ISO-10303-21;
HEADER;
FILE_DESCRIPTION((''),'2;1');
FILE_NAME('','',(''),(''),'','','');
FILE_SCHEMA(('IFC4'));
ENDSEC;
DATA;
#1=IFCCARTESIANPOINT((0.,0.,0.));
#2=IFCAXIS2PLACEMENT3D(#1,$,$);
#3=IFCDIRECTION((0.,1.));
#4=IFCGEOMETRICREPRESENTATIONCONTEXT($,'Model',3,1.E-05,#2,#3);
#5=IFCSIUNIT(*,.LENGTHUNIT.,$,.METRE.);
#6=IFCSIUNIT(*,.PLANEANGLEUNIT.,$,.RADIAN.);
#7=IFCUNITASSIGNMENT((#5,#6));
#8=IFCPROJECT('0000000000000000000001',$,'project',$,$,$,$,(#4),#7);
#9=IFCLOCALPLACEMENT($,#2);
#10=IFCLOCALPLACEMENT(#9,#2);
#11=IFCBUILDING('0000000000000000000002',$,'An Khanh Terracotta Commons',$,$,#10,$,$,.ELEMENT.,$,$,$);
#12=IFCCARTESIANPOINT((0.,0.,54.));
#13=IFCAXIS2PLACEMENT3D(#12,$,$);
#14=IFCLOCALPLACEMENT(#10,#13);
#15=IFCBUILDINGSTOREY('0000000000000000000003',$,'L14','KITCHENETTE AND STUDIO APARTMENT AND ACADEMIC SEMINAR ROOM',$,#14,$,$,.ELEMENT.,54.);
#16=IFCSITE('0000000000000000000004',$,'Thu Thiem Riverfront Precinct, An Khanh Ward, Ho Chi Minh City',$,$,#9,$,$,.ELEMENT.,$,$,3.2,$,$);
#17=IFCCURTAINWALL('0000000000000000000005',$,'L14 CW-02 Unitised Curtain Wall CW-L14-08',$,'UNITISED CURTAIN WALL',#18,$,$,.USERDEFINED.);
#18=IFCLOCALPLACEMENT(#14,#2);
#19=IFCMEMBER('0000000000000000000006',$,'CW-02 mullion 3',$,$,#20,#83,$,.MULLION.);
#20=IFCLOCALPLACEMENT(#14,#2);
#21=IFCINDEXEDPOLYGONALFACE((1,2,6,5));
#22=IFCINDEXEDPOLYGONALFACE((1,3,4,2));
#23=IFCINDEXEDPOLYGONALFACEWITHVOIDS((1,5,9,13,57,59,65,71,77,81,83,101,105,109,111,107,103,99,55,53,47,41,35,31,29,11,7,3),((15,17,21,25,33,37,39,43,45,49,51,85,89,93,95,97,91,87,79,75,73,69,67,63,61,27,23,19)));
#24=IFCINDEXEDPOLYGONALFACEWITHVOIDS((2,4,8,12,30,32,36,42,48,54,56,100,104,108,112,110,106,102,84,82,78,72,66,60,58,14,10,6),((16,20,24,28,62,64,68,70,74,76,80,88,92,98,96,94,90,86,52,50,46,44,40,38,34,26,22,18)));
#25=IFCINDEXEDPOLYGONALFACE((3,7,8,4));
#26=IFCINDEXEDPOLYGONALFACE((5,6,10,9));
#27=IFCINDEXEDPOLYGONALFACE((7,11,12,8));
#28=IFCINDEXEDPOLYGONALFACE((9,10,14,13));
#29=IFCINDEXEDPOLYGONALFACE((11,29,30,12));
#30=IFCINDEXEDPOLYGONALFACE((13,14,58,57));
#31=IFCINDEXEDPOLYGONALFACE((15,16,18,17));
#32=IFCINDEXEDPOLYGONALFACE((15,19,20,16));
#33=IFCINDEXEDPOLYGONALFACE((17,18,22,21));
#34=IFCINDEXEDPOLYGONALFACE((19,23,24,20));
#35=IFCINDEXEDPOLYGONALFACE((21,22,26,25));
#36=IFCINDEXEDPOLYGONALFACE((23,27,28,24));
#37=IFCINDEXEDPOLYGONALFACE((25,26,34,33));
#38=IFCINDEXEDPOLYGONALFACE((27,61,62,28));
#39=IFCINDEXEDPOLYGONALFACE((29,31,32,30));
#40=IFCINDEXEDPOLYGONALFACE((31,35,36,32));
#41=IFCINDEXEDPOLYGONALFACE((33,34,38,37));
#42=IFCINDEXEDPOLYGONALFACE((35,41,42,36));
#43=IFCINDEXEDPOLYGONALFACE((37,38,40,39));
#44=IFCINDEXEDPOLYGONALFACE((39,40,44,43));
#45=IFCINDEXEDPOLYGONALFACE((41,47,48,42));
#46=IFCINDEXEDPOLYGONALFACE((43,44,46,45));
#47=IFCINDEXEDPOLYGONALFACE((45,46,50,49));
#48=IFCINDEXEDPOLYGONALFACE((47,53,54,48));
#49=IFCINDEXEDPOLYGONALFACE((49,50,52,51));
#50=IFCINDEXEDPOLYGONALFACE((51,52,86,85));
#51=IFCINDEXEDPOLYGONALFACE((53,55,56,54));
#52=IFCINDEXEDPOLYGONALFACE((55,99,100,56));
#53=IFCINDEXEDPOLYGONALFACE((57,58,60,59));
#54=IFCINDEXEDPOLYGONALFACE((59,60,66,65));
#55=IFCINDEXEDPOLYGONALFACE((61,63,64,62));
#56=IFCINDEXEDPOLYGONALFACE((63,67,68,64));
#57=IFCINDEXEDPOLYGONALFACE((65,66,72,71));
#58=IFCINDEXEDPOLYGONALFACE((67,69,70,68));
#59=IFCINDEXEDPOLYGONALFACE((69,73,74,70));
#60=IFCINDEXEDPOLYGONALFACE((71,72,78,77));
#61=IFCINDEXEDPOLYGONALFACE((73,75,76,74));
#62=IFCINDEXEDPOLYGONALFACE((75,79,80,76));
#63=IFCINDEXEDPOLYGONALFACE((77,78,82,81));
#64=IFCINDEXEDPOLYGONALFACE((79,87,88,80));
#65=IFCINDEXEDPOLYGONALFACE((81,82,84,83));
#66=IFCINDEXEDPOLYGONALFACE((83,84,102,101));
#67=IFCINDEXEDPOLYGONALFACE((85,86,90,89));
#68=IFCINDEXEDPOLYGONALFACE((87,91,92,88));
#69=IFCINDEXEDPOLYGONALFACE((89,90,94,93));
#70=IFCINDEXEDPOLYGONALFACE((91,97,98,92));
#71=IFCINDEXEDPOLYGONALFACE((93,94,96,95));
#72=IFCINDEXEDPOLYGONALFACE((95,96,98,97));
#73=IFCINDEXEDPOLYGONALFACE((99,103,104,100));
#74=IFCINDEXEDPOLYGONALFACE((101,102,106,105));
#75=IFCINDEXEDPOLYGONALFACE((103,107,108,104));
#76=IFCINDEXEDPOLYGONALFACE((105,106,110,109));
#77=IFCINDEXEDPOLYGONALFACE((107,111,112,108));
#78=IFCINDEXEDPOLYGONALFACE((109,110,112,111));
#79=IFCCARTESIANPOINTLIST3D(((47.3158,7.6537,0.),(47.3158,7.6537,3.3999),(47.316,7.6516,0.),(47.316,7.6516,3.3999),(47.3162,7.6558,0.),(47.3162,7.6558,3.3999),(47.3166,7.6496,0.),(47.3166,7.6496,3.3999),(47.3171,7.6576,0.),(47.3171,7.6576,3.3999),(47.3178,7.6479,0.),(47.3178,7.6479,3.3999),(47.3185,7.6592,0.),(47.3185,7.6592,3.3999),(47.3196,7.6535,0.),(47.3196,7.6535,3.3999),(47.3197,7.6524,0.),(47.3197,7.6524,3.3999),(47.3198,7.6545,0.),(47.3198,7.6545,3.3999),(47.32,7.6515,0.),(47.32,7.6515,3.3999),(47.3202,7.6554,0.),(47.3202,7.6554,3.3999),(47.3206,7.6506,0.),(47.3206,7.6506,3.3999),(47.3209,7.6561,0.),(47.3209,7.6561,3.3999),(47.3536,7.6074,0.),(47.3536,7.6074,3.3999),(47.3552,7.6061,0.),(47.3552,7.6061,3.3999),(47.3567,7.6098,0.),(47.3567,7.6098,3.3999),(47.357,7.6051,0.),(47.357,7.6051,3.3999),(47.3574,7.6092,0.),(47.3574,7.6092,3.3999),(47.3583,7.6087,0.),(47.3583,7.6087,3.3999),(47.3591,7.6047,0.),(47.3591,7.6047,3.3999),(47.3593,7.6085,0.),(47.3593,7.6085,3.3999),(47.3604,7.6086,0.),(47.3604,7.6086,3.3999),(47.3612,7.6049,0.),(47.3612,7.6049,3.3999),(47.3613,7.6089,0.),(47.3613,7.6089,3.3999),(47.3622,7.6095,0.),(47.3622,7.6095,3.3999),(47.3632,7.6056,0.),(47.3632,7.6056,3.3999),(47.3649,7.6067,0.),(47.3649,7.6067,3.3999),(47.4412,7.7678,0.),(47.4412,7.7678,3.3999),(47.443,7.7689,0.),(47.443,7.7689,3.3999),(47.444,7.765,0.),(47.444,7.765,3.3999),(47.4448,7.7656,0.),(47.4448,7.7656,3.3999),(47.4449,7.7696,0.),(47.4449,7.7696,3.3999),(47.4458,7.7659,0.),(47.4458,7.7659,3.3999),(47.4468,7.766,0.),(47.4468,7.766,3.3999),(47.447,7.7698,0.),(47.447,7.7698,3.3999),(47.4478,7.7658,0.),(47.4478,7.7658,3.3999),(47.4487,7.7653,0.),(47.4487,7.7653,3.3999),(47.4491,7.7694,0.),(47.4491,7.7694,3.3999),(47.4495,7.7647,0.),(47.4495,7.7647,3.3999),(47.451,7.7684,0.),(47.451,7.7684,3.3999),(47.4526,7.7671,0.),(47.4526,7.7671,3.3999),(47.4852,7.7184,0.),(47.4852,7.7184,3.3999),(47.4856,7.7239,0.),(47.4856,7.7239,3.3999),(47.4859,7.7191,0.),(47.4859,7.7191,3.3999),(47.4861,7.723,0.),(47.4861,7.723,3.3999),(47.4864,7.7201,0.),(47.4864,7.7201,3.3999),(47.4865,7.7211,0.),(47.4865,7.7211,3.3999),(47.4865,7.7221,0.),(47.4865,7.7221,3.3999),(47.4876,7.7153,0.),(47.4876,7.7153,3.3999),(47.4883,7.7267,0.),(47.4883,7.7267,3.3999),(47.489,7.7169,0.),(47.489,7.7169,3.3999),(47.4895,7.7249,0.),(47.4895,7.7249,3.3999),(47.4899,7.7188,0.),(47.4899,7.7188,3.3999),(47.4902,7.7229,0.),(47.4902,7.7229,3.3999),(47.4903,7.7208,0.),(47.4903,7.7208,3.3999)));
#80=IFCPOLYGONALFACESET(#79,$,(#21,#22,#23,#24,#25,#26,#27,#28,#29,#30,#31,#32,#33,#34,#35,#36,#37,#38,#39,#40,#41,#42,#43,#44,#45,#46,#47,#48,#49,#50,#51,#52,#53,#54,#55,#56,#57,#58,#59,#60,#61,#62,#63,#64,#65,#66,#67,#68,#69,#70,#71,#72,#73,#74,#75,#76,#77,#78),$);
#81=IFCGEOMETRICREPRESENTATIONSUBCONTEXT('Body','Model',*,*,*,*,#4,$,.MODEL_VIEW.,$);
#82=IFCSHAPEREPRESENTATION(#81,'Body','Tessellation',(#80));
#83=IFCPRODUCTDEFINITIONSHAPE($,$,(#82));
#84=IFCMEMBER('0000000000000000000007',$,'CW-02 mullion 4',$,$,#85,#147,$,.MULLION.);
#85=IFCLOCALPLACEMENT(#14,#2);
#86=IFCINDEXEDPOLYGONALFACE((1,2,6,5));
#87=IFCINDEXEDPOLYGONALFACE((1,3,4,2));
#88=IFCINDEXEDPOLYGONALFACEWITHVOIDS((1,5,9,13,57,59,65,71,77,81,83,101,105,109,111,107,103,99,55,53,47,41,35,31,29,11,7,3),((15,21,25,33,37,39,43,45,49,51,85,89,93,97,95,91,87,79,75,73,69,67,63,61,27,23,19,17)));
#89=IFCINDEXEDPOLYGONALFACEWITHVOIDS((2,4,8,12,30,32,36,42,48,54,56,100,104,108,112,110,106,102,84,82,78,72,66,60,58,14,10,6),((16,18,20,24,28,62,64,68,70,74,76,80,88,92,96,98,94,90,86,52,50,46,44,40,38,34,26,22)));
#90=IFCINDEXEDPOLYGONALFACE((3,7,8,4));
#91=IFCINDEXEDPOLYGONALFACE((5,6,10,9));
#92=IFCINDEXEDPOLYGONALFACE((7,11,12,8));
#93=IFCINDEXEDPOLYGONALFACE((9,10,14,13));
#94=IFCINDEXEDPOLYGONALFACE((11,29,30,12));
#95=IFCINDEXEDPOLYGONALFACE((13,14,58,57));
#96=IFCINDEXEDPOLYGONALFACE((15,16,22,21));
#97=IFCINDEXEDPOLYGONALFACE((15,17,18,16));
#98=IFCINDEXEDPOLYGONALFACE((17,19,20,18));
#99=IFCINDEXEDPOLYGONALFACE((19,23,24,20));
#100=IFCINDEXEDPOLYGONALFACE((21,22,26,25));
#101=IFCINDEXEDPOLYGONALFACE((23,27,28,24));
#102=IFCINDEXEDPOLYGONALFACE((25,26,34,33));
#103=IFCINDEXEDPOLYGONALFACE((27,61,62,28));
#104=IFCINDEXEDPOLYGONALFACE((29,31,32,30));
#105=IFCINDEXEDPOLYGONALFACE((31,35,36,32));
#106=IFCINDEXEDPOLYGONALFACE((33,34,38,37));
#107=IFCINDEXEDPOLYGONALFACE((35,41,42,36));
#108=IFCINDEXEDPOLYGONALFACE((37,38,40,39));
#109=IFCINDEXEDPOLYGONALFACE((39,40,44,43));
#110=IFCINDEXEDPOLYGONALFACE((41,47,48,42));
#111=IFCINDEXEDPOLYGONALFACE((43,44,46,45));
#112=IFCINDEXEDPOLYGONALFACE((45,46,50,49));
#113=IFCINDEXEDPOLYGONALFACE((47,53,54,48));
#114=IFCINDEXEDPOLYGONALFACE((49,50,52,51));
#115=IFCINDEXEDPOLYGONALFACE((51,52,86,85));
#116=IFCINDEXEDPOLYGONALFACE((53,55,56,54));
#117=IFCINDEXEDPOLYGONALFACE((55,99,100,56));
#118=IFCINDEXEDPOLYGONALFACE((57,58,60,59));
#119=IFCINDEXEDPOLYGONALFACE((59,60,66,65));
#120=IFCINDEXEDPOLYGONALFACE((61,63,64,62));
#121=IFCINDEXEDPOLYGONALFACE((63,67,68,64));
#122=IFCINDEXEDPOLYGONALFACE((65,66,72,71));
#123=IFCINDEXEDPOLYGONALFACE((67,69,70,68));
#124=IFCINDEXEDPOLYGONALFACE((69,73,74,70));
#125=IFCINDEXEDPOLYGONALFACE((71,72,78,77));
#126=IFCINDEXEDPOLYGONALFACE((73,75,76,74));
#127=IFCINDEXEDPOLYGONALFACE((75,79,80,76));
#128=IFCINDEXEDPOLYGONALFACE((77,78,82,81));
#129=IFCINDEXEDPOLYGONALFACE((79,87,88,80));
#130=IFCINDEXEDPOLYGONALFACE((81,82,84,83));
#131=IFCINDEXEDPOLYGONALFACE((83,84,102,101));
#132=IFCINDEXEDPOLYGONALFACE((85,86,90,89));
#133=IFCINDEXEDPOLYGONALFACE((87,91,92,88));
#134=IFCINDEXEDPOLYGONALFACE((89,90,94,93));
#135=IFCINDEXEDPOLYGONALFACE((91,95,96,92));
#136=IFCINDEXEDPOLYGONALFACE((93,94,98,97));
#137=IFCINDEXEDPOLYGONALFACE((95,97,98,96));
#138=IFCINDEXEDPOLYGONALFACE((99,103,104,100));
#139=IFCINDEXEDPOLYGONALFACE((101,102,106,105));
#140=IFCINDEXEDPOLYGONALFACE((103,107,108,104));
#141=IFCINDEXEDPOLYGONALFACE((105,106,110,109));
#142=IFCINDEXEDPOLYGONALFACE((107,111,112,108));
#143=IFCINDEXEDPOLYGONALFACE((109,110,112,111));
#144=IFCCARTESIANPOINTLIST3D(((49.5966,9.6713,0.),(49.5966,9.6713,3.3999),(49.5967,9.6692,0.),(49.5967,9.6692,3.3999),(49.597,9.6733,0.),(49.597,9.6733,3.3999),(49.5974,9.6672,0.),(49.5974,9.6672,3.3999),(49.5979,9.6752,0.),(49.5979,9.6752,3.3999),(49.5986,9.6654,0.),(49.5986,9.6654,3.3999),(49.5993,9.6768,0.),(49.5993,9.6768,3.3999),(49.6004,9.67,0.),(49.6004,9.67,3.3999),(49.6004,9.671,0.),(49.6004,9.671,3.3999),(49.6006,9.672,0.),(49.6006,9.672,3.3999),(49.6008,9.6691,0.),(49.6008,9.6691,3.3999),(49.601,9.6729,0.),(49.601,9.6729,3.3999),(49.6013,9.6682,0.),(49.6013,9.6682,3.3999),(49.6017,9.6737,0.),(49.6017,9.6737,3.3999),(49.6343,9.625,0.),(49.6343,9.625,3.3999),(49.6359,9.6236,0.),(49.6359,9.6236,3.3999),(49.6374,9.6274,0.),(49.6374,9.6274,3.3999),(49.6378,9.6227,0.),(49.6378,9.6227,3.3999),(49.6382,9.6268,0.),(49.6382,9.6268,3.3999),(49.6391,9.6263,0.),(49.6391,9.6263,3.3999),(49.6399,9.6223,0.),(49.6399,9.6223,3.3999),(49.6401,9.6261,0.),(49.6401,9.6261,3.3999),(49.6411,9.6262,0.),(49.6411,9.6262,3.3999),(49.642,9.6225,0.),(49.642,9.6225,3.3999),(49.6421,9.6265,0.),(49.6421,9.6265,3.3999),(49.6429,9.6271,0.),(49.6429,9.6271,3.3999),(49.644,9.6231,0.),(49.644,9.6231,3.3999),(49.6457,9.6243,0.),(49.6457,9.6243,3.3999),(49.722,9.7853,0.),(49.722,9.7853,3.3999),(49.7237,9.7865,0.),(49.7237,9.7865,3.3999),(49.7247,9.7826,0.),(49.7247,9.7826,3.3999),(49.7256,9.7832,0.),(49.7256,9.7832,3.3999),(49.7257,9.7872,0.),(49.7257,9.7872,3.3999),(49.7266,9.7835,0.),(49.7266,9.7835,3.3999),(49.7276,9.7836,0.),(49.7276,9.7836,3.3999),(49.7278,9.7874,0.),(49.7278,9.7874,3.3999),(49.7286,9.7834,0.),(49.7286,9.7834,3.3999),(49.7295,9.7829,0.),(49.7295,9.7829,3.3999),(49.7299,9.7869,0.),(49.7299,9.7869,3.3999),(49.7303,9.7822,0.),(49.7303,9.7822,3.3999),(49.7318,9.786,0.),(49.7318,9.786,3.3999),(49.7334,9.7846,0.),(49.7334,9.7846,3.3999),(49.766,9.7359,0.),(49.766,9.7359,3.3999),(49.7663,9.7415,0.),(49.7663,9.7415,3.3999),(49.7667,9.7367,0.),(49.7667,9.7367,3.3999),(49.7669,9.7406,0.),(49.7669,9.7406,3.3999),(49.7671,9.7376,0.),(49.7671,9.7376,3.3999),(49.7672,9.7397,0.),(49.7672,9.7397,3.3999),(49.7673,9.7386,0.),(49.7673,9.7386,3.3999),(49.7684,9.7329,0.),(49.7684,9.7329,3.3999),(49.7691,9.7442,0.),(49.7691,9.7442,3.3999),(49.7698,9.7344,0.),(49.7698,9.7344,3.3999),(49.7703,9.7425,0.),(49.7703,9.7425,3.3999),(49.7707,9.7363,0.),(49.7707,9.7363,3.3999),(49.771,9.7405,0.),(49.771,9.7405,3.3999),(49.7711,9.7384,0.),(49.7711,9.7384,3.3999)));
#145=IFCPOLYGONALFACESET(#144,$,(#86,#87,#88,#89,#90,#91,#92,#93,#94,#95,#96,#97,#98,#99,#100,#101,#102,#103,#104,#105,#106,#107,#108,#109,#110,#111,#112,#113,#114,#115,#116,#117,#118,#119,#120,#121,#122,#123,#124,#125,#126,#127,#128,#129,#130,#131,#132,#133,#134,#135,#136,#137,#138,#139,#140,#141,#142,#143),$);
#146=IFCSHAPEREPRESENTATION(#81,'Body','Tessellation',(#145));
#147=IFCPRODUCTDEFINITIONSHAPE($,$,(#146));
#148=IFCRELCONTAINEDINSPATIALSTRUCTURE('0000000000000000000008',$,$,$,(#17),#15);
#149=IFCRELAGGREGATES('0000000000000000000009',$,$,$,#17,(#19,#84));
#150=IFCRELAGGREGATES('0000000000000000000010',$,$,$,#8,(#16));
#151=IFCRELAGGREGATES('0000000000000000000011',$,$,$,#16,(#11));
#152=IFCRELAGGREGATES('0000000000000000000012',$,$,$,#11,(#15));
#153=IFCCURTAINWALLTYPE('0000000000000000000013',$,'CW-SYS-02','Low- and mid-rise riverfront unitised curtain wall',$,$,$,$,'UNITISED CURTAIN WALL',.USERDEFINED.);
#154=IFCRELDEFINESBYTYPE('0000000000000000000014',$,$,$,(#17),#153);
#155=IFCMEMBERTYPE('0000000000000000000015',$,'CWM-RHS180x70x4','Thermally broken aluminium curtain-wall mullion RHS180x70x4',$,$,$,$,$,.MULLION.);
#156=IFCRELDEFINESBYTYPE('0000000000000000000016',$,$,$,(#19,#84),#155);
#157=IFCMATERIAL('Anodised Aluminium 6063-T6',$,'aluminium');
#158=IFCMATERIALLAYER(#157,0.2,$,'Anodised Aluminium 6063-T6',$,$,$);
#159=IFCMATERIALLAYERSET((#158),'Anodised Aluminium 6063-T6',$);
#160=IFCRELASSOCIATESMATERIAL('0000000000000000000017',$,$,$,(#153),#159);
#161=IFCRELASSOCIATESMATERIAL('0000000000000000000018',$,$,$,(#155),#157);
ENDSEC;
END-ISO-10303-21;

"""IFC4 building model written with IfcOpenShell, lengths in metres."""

from ifc_helpers import new_model, si_unit, direction, frame, origin, origin_2d, place, context, subcontext, project, spatial, hollow_rectangle, extrude, material, layer, layer_set, material_profile, profile_set, type_object, element, aggregate, save


model = new_model("IFC4")

# Units and contexts
model_context = context("Model", 3, precision=1e-05, world=origin(), true_north=direction((0.0, 1.0)))
body_context = subcontext(model_context, "Body", "Model", "MODEL_VIEW")
ifc_project = project(units=[si_unit("LENGTHUNIT", "METRE"), si_unit("PLANEANGLEUNIT", "RADIAN")], contexts=[model_context])

# Site, building, storey
site_placement = place(None, origin())
site = spatial("IfcSite", under=ifc_project, at=site_placement, Name="Thu Thiem Riverfront Precinct, An Khanh Ward, Ho Chi Minh City", CompositionType="ELEMENT", RefElevation=3.2)
building_placement = place(site_placement, origin())
building = spatial("IfcBuilding", under=site, at=building_placement, Name="An Khanh Terracotta Commons", CompositionType="ELEMENT")
storey_placement = place(building_placement, frame((0.0, 0.0, 54.0)))
storey = spatial("IfcBuildingStorey", under=building, at=storey_placement, Name="L14", Description="KITCHENETTE AND STUDIO APARTMENT AND ACADEMIC SEMINAR ROOM", CompositionType="ELEMENT", Elevation=54.0)

# Curtain wall, members
ifc_material_1 = material(Name="Anodised Aluminium 6063-T6", Category="aluminium")
ifc_layer_1 = layer(ifc_material_1, 0.2, Name="Anodised Aluminium 6063-T6")
ifc_layer_set_1 = layer_set([ifc_layer_1], Name="Anodised Aluminium 6063-T6")
curtain_wall_type = type_object("IfcCurtainWallType", Name="CW-SYS-02", Description="Low- and mid-rise riverfront unitised curtain wall", ElementType="UNITISED CURTAIN WALL", PredefinedType="USERDEFINED", material=ifc_layer_set_1)
curtain_wall_1_placement = place(storey_placement, origin())
curtain_wall_1 = element("IfcCurtainWall", 1, at=curtain_wall_1_placement, inside=storey, type_object=curtain_wall_type, Name="L14 CW-02 Unitised Curtain Wall CW-L14-08", ObjectType="UNITISED CURTAIN WALL", PredefinedType="USERDEFINED")
ifc_material_profile_1 = material_profile(ifc_material_1, hollow_rectangle(XDim=0.0701, YDim=0.1799, WallThickness=0.0039, InnerFilletRadius=0.0039, OuterFilletRadius=0.0081, at=origin_2d()), Name="RHS180x70x4")
ifc_profile_set_1 = profile_set([ifc_material_profile_1], Name="Anodised Aluminium 6063-T6")
member_type_1 = type_object("IfcMemberType", Name="CWM-RHS180x70x4", Description="Thermally broken aluminium curtain-wall mullion RHS180x70x4", PredefinedType="MULLION", material=ifc_profile_set_1)
member_1_placement = place(storey_placement, frame((47.4031, 7.6873, 0.0), z_axis=(0.0, 0.0, 1.0), x_axis=(-0.662548, 0.749019, 0.0)))
member_1 = element("IfcMember", 2, at=member_1_placement, type_object=member_type_1, Name="CW-02 mullion 3", PredefinedType="MULLION", context=body_context, shape_type="SweptSolid", body=[
    extrude(hollow_rectangle(XDim=0.0701, YDim=0.1799, WallThickness=0.0039, InnerFilletRadius=0.0039, OuterFilletRadius=0.0081, at=origin_2d()), origin(), (0.0, 0.0, 1.0), 3.3999),
])
member_2_placement = place(storey_placement, frame((49.6838, 9.7048, 0.0), z_axis=(0.0, 0.0, 1.0), x_axis=(-0.662548, 0.749019, 0.0)))
member_2 = element("IfcMember", 3, at=member_2_placement, type_object=member_type_1, Name="CW-02 mullion 4", PredefinedType="MULLION", context=body_context, shape_type="SweptSolid", body=[
    extrude(hollow_rectangle(XDim=0.0701, YDim=0.1799, WallThickness=0.0039, InnerFilletRadius=0.0039, OuterFilletRadius=0.0081, at=origin_2d()), origin(), (0.0, 0.0, 1.0), 3.3999),
])

aggregate(curtain_wall_1, [member_1, member_2])

save(model, "model.ifc")
